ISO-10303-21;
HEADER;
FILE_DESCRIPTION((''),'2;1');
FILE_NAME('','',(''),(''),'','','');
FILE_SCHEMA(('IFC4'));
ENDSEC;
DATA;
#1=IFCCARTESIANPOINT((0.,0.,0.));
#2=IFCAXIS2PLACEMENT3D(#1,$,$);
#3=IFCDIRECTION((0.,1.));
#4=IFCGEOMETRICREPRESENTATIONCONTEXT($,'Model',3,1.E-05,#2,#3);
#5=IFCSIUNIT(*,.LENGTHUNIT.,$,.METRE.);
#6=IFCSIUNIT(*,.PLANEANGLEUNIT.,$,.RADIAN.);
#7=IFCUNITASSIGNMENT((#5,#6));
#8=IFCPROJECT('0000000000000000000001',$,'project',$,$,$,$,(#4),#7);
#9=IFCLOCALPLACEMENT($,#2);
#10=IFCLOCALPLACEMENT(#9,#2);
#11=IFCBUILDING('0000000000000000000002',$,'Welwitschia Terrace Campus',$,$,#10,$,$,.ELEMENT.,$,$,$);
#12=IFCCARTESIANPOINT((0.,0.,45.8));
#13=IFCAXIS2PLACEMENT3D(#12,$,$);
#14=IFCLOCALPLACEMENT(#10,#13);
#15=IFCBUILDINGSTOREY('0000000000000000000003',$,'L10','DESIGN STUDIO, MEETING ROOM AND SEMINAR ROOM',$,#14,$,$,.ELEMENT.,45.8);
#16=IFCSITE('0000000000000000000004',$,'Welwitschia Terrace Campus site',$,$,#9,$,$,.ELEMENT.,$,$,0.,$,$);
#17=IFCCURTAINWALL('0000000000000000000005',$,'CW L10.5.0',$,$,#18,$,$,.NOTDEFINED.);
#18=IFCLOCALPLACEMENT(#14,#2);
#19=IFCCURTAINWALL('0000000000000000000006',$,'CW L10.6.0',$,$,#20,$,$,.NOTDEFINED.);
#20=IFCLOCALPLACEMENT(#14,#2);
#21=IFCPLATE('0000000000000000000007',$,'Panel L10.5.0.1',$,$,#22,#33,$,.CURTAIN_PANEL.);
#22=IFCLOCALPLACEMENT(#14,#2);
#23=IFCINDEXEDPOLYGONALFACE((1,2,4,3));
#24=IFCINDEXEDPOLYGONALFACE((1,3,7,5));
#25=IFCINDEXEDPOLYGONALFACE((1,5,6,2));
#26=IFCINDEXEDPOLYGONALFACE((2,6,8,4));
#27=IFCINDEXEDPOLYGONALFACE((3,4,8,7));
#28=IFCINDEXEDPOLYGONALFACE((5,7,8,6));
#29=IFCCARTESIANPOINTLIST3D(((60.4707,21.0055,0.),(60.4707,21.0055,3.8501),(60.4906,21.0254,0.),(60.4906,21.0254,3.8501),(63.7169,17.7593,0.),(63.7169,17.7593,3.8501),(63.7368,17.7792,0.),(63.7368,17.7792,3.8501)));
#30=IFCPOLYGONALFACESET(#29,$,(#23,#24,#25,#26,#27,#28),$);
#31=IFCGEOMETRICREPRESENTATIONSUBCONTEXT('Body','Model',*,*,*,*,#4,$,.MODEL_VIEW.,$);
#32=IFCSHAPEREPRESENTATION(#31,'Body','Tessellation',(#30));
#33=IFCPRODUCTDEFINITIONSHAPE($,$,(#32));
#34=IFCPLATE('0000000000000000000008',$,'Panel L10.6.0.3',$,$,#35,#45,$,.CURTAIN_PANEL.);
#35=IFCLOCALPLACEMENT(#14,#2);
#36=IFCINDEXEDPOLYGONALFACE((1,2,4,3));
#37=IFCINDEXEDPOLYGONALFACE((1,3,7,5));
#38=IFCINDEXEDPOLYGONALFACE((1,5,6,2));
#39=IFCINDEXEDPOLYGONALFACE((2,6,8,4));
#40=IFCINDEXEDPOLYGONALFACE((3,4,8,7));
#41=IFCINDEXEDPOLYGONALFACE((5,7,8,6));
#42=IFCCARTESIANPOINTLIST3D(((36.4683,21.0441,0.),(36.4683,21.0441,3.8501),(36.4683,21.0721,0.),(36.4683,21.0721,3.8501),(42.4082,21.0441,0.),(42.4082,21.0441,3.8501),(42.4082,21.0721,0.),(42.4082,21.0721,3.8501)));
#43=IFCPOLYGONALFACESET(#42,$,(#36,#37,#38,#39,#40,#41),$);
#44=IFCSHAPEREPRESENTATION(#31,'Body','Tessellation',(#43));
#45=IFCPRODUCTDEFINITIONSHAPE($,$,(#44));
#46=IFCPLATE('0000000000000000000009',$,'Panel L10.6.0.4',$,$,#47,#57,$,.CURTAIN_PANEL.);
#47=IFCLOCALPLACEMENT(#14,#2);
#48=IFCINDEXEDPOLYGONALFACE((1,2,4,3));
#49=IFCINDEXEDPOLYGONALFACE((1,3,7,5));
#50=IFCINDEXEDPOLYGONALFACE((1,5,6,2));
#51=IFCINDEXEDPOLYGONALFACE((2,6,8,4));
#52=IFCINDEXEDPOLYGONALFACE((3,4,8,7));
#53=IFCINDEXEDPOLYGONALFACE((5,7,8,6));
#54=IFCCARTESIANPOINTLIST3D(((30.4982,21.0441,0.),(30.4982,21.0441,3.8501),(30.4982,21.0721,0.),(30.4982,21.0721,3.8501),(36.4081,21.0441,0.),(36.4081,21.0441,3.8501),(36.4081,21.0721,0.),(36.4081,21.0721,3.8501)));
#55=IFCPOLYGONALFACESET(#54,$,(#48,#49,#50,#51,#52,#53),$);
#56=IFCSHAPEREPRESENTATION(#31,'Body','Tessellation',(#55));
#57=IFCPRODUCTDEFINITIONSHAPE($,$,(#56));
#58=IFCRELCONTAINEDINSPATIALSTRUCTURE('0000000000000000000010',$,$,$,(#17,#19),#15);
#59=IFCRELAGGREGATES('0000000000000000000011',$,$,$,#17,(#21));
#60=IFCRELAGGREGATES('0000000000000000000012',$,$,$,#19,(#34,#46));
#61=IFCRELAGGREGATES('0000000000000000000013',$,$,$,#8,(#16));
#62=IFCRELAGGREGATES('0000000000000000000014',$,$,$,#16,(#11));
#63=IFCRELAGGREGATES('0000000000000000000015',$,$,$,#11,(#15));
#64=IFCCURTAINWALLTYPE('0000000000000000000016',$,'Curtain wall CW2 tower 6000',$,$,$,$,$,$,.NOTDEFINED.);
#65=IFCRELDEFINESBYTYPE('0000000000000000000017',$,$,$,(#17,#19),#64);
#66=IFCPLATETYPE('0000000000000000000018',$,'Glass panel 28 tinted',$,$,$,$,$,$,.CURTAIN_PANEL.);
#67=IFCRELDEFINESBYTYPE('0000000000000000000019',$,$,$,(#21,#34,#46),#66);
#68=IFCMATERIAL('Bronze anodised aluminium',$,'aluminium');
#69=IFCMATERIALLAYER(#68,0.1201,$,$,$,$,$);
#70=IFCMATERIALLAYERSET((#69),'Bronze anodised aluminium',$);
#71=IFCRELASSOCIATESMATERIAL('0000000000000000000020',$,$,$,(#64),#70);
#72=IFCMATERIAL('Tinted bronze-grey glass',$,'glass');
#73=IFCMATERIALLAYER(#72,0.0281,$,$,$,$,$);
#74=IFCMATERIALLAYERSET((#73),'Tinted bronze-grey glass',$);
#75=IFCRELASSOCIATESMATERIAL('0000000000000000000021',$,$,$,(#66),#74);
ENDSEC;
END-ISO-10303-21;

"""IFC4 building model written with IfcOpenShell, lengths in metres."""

from ifc_helpers import new_model, si_unit, direction, frame, origin, origin_2d, place, context, subcontext, project, spatial, rectangle, extrude, material, layer, layer_set, type_object, element, aggregate, save


model = new_model("IFC4")

# Units and contexts
model_context = context("Model", 3, precision=1e-05, world=origin(), true_north=direction((0.0, 1.0)))
body_context = subcontext(model_context, "Body", "Model", "MODEL_VIEW")
ifc_project = project(units=[si_unit("LENGTHUNIT", "METRE"), si_unit("PLANEANGLEUNIT", "RADIAN")], contexts=[model_context])

# Site, building, storey
site_placement = place(None, origin())
site = spatial("IfcSite", under=ifc_project, at=site_placement, Name="Welwitschia Terrace Campus site", CompositionType="ELEMENT", RefElevation=0.0)
building_placement = place(site_placement, origin())
building = spatial("IfcBuilding", under=site, at=building_placement, Name="Welwitschia Terrace Campus", CompositionType="ELEMENT")
storey_placement = place(building_placement, frame((0.0, 0.0, 45.8)))
storey = spatial("IfcBuildingStorey", under=building, at=storey_placement, Name="L10", Description="DESIGN STUDIO, MEETING ROOM AND SEMINAR ROOM", CompositionType="ELEMENT", Elevation=45.8)

# Curtain wall
ifc_material_1 = material(Name="Bronze anodised aluminium", Category="aluminium")
ifc_layer_1 = layer(ifc_material_1, 0.1201)
ifc_layer_set_1 = layer_set([ifc_layer_1], Name="Bronze anodised aluminium")
curtain_wall_type = type_object("IfcCurtainWallType", Name="Curtain wall CW2 tower 6000", PredefinedType="NOTDEFINED", material=ifc_layer_set_1)
curtain_wall_1_placement = place(storey_placement, origin())
curtain_wall_1 = element("IfcCurtainWall", 1, at=curtain_wall_1_placement, inside=storey, type_object=curtain_wall_type, Name="CW L10.5.0", PredefinedType="NOTDEFINED")

# Curtain wall
curtain_wall_2_placement = place(storey_placement, origin())
curtain_wall_2 = element("IfcCurtainWall", 2, at=curtain_wall_2_placement, inside=storey, type_object=curtain_wall_type, Name="CW L10.6.0", PredefinedType="NOTDEFINED")

# Plates
ifc_material_2 = material(Name="Tinted bronze-grey glass", Category="glass")
ifc_layer_2 = layer(ifc_material_2, 0.0281)
ifc_layer_set_2 = layer_set([ifc_layer_2], Name="Tinted bronze-grey glass")
plate_type = type_object("IfcPlateType", Name="Glass panel 28 tinted", PredefinedType="CURTAIN_PANEL", material=ifc_layer_set_2)
plate_1_placement = place(storey_placement, frame((62.1038, 19.3923, 0.0), z_axis=(0.0, 0.0, 1.0), x_axis=(-0.707107, 0.707107, 0.0)))
plate_1 = element("IfcPlate", 3, at=plate_1_placement, type_object=plate_type, Name="Panel L10.5.0.1", PredefinedType="CURTAIN_PANEL", context=body_context, shape_type="SweptSolid", body=[
    extrude(rectangle(XDim=4.5908, YDim=0.0281, at=origin_2d()), origin(), (0.0, 0.0, 1.0), 3.8501),
])
aggregate(curtain_wall_1, [plate_1])
plate_2_placement = place(storey_placement, frame((39.4382, 21.0581, 0.0), z_axis=(0.0, 0.0, 1.0), x_axis=(-1.0, 0.0, 0.0)))
plate_2 = element("IfcPlate", 4, at=plate_2_placement, type_object=plate_type, Name="Panel L10.6.0.3", PredefinedType="CURTAIN_PANEL", context=body_context, shape_type="SweptSolid", body=[
    extrude(rectangle(XDim=5.9399, YDim=0.0281, at=origin_2d()), origin(), (0.0, 0.0, 1.0), 3.8501),
])
plate_3_placement = place(storey_placement, frame((33.4531, 21.0581, 0.0), z_axis=(0.0, 0.0, 1.0), x_axis=(-1.0, 0.0, 0.0)))
plate_3 = element("IfcPlate", 5, at=plate_3_placement, type_object=plate_type, Name="Panel L10.6.0.4", PredefinedType="CURTAIN_PANEL", context=body_context, shape_type="SweptSolid", body=[
    extrude(rectangle(XDim=5.9099, YDim=0.0281, at=origin_2d()), origin(), (0.0, 0.0, 1.0), 3.8501),
])
aggregate(curtain_wall_2, [plate_2, plate_3])

save(model, "model.ifc")
